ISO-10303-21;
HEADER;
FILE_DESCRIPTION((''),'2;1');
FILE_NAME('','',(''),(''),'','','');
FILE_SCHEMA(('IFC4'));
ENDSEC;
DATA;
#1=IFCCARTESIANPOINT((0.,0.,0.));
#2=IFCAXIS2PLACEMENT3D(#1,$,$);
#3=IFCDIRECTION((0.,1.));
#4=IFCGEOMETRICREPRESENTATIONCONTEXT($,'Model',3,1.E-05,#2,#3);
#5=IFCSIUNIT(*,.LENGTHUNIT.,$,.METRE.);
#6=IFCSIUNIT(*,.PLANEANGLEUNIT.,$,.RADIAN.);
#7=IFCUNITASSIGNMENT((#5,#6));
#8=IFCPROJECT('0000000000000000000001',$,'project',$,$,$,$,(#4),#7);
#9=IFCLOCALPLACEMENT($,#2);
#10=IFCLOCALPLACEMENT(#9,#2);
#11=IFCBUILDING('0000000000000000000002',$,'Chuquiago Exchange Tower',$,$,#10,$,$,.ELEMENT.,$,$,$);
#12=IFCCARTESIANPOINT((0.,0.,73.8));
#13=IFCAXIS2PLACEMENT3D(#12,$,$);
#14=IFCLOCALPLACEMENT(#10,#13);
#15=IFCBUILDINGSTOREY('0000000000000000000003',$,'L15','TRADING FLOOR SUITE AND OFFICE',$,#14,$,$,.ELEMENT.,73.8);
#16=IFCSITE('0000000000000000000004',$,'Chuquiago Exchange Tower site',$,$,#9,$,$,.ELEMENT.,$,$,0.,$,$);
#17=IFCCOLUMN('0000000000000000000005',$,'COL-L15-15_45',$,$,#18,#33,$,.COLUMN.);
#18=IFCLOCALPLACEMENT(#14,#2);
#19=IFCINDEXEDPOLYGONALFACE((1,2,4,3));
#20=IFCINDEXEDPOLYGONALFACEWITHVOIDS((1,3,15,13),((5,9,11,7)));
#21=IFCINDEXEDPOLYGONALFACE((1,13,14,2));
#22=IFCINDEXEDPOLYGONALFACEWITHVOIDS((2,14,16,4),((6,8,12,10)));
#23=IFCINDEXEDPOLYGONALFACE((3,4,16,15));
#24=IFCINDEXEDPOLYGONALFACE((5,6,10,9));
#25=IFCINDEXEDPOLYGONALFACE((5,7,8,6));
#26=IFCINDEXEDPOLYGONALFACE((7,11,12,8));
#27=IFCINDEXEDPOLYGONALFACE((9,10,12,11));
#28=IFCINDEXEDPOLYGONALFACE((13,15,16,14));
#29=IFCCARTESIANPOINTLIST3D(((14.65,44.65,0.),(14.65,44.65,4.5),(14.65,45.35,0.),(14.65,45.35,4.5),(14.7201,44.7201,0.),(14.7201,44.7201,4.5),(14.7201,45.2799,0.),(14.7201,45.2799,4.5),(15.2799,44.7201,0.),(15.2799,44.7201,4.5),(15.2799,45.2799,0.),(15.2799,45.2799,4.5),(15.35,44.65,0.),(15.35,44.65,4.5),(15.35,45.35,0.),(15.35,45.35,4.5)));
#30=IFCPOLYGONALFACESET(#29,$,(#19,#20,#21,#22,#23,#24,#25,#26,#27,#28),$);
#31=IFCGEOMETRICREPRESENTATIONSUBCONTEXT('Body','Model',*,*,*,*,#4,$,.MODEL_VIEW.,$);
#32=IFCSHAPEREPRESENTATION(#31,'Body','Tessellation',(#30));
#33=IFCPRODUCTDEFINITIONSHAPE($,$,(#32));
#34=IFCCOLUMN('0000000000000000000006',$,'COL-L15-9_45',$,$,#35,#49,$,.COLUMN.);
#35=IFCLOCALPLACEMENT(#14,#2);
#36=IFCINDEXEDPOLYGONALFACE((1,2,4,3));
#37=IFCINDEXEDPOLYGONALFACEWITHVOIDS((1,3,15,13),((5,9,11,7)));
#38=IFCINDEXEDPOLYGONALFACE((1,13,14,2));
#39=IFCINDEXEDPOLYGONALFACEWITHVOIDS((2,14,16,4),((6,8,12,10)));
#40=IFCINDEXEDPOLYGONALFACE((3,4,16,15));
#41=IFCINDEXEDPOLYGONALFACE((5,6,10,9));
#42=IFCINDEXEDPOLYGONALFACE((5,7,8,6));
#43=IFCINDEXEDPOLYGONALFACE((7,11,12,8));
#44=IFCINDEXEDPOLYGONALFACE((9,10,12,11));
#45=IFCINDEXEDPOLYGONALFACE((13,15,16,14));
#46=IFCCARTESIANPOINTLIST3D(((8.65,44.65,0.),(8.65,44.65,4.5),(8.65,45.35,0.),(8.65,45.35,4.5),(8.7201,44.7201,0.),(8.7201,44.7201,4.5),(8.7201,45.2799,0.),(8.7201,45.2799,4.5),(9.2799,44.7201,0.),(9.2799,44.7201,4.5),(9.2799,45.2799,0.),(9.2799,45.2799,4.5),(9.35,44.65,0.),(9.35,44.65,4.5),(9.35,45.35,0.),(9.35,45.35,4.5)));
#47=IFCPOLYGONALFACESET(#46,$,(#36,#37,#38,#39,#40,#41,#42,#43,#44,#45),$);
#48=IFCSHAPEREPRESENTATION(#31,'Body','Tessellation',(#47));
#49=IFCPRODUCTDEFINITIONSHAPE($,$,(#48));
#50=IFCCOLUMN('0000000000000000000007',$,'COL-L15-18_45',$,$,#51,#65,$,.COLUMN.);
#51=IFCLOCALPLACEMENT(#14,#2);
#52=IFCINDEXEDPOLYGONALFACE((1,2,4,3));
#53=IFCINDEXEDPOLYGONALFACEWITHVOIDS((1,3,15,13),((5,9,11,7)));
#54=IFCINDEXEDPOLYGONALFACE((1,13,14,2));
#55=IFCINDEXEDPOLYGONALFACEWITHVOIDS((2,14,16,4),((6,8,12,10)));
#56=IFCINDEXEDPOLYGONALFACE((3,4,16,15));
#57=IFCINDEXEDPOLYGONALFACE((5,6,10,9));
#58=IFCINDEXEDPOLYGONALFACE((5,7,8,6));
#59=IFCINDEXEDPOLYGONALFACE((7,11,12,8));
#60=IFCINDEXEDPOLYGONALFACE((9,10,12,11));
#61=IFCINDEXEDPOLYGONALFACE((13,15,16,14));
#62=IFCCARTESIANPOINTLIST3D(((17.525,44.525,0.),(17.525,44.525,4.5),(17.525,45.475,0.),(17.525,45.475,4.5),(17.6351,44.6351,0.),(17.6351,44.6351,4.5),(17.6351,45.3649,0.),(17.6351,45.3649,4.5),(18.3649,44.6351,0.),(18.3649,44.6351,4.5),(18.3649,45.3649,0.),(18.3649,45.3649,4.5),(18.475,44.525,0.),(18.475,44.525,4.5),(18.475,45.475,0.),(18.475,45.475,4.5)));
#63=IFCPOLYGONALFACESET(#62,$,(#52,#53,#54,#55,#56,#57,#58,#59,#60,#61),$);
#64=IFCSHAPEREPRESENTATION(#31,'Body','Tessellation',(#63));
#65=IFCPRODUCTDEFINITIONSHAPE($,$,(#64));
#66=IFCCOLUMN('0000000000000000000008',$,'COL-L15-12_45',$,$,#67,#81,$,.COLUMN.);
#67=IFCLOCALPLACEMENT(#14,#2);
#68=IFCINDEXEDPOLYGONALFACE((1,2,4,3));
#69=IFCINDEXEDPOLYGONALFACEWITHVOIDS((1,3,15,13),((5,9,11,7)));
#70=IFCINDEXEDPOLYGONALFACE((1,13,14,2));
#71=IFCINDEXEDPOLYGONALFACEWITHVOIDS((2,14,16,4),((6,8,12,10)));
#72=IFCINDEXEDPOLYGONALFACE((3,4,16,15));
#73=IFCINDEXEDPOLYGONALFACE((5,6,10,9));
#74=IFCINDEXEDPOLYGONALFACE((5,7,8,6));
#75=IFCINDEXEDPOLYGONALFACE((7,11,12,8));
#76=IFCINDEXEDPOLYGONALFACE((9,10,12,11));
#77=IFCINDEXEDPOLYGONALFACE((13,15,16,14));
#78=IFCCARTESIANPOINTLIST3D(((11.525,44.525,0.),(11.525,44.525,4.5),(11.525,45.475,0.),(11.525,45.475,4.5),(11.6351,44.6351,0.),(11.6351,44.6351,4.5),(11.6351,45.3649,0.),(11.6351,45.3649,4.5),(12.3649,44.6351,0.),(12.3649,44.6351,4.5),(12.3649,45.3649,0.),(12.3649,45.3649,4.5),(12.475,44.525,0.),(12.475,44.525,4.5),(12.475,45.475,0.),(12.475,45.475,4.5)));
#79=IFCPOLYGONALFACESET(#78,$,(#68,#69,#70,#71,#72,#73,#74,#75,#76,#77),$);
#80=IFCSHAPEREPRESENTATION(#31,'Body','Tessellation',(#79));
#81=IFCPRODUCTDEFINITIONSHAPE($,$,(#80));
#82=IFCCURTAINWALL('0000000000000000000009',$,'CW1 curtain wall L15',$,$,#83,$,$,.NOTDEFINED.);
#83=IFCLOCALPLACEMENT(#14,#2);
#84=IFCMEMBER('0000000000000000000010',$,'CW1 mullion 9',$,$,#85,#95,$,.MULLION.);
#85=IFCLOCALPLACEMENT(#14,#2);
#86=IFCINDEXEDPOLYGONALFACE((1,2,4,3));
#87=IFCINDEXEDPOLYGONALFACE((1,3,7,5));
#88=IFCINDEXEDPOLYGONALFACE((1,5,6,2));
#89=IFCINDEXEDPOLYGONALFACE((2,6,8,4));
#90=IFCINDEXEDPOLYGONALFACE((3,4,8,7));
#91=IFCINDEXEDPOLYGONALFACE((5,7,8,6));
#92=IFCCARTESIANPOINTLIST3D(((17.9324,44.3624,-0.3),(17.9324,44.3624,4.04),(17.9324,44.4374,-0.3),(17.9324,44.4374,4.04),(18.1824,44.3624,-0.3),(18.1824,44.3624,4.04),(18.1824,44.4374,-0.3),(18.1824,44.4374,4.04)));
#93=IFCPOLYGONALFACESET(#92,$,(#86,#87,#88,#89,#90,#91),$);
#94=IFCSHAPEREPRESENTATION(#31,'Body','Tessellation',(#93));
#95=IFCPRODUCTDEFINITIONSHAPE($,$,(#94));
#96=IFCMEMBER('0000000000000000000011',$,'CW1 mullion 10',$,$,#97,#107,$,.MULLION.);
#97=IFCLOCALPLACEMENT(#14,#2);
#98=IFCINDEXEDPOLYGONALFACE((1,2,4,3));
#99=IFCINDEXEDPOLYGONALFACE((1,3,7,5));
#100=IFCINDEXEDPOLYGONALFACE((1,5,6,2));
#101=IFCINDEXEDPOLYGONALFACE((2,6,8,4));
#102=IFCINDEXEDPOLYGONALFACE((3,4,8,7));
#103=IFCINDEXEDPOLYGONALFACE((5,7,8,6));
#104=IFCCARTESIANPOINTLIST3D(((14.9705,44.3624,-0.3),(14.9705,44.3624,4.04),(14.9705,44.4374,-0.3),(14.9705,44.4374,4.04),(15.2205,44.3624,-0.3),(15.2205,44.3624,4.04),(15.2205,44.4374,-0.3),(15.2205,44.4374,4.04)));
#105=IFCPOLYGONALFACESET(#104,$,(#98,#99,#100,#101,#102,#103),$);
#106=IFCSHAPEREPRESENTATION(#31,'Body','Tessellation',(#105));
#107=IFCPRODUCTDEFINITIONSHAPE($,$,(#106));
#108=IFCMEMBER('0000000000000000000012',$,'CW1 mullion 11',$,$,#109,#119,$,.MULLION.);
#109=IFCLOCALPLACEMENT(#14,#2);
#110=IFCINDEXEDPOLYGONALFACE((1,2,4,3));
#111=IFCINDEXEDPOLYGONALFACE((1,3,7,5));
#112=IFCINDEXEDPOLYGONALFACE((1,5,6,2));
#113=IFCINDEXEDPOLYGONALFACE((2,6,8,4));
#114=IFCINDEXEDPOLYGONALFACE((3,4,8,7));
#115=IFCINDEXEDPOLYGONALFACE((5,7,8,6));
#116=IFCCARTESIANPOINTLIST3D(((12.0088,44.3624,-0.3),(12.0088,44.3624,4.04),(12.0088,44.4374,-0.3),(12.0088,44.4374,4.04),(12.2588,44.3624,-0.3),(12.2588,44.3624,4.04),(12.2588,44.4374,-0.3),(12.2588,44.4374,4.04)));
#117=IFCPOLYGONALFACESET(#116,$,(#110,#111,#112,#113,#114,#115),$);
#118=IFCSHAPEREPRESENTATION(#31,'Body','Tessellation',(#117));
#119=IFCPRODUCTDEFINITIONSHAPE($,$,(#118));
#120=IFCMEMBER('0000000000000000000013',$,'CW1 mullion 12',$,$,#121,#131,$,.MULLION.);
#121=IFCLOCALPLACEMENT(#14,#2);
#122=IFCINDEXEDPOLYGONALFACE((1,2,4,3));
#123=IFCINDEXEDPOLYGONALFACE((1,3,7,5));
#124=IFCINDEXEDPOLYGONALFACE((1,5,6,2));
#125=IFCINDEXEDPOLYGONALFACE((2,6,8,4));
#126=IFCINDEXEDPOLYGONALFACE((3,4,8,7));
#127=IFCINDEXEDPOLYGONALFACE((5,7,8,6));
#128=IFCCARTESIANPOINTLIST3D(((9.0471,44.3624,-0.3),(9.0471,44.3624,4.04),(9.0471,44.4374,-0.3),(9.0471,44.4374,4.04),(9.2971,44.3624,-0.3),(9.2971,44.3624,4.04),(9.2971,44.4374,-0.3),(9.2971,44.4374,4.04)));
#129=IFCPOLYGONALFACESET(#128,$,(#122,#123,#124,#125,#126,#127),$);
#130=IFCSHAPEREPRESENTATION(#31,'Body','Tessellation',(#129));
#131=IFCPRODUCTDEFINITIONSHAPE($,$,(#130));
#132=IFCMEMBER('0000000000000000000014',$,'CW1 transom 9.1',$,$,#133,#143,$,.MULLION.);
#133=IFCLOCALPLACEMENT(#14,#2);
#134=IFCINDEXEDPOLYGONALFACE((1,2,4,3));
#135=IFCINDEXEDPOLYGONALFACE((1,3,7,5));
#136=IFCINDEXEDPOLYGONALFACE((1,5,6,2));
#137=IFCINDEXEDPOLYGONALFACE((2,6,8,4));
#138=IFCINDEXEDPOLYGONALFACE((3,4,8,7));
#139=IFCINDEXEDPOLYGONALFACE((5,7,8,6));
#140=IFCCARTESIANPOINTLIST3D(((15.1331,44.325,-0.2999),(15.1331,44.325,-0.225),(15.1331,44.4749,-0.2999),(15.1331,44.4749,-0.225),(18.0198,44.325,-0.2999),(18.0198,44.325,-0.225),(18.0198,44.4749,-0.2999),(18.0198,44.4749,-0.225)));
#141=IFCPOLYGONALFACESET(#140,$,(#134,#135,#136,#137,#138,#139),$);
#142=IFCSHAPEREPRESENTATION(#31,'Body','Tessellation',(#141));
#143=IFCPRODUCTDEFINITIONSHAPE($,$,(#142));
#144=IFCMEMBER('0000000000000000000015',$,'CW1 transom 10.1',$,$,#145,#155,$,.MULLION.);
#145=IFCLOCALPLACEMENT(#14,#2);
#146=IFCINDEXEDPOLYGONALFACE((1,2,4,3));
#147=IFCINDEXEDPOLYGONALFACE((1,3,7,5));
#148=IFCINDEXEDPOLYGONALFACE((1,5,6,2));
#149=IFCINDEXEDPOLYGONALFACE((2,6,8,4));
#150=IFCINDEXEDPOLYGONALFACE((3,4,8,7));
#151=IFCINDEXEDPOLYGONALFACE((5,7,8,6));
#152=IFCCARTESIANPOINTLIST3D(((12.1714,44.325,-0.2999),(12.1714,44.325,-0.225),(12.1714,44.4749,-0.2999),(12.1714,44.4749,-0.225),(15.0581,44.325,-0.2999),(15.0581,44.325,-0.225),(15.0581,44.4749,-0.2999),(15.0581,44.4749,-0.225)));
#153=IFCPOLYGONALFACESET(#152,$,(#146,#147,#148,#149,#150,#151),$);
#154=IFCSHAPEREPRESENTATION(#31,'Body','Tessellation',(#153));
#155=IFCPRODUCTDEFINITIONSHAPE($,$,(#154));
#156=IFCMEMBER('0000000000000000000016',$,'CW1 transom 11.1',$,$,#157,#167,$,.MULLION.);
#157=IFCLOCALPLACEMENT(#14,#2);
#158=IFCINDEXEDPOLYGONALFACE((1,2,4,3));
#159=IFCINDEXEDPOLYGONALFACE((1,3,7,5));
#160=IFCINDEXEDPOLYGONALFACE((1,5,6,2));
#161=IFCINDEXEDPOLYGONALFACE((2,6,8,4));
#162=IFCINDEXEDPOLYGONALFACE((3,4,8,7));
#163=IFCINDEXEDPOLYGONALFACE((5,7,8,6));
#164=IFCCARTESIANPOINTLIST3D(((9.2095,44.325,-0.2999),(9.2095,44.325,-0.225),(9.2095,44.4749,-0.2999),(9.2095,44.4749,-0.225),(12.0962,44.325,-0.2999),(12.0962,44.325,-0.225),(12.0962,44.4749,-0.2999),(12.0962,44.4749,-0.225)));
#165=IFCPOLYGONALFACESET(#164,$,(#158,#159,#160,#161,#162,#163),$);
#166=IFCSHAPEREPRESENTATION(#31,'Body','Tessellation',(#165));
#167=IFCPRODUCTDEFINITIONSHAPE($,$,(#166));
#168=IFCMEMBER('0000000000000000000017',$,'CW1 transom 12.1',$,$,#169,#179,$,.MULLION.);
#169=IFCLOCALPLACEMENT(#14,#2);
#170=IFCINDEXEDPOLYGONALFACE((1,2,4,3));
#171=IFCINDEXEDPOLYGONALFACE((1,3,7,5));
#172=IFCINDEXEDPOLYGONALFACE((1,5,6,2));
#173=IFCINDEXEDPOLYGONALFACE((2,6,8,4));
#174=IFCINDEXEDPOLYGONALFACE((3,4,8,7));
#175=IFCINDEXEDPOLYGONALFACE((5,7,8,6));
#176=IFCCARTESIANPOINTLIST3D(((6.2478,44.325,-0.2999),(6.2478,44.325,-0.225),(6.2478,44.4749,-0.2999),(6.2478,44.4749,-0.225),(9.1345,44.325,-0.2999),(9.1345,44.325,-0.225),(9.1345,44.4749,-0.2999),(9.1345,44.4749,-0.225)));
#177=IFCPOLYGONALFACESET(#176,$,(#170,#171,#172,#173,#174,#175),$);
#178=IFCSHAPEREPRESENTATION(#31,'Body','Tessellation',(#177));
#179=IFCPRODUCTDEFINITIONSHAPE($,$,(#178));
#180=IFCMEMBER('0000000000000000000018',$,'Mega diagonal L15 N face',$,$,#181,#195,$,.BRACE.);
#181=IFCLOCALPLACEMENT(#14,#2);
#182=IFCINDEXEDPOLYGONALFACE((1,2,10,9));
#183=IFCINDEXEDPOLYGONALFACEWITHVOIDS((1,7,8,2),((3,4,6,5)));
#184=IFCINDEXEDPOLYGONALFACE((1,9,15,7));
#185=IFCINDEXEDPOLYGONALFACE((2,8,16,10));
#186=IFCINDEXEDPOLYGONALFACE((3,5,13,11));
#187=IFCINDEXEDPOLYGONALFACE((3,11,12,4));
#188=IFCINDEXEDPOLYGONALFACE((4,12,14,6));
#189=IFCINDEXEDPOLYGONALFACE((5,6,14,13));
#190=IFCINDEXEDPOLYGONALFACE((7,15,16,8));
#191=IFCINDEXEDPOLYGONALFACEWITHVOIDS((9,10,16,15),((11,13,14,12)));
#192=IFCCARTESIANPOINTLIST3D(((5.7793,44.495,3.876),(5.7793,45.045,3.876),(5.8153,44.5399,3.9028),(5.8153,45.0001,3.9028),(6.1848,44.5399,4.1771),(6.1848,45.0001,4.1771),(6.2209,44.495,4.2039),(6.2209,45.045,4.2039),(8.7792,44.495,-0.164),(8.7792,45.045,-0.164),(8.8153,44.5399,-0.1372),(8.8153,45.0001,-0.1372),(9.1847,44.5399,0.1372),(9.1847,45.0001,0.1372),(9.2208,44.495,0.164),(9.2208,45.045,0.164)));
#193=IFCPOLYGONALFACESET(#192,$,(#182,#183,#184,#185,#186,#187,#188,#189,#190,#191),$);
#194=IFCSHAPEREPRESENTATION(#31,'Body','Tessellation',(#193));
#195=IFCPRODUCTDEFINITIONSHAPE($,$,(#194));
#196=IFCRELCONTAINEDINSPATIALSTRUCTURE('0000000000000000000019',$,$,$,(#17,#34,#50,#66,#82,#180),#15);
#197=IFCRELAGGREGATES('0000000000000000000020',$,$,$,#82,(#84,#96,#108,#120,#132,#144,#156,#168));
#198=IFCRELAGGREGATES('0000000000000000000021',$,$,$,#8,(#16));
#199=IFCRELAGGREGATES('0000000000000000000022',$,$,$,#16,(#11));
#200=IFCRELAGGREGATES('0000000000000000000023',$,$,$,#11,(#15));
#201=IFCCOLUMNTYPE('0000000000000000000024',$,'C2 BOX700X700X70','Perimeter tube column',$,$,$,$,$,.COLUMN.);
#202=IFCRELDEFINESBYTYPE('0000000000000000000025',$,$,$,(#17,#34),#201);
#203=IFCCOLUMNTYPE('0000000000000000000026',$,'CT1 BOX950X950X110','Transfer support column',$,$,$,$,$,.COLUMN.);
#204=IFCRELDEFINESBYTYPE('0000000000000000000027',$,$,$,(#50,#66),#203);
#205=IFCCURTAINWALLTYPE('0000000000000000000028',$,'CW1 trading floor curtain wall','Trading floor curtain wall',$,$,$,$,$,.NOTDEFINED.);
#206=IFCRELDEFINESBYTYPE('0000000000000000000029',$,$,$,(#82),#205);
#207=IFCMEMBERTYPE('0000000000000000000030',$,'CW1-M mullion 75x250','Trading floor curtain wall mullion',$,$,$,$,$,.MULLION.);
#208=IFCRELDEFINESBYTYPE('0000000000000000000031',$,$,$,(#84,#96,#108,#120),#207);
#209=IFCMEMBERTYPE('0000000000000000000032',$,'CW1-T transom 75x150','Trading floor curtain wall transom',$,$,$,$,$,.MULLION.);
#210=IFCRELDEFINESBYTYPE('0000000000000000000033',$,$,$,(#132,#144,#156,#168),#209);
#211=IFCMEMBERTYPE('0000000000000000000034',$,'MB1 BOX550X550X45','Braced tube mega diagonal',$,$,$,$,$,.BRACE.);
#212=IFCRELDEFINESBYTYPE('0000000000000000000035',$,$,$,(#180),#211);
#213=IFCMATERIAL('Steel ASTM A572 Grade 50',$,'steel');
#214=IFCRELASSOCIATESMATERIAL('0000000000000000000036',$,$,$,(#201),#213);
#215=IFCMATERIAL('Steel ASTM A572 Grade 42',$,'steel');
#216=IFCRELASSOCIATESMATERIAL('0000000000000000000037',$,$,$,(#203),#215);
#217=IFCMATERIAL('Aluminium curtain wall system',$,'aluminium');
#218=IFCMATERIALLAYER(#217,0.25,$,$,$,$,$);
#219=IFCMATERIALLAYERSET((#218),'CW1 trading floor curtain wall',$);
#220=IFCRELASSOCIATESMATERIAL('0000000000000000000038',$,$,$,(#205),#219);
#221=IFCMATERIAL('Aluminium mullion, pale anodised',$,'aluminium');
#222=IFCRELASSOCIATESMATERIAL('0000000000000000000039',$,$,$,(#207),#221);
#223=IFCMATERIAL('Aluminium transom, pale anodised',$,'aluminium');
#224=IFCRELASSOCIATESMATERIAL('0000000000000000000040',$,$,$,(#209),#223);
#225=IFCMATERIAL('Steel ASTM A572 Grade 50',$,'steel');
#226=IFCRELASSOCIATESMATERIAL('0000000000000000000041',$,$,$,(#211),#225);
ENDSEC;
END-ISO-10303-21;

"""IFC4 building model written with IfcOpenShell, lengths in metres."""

from ifc_helpers import new_model, si_unit, direction, frame, origin, origin_2d, place, context, subcontext, project, spatial, rectangle, hollow_rectangle, extrude, material, layer, layer_set, material_profile, profile_set, type_object, element, aggregate, save


model = new_model("IFC4")

# Units and contexts
model_context = context("Model", 3, precision=1e-05, world=origin(), true_north=direction((0.0, 1.0)))
body_context = subcontext(model_context, "Body", "Model", "MODEL_VIEW")
ifc_project = project(units=[si_unit("LENGTHUNIT", "METRE"), si_unit("PLANEANGLEUNIT", "RADIAN")], contexts=[model_context])

# Site, building, storey
site_placement = place(None, origin())
site = spatial("IfcSite", under=ifc_project, at=site_placement, Name="Chuquiago Exchange Tower site", CompositionType="ELEMENT", RefElevation=0.0)
building_placement = place(site_placement, origin())
building = spatial("IfcBuilding", under=site, at=building_placement, Name="Chuquiago Exchange Tower", CompositionType="ELEMENT")
storey_placement = place(building_placement, frame((0.0, 0.0, 73.8)))
storey = spatial("IfcBuildingStorey", under=building, at=storey_placement, Name="L15", Description="TRADING FLOOR SUITE AND OFFICE", CompositionType="ELEMENT", Elevation=73.8)

# Columns
ifc_material_1 = material(Name="Steel ASTM A572 Grade 50", Category="steel")
ifc_material_profile_1 = material_profile(ifc_material_1, hollow_rectangle(XDim=0.7, YDim=0.7, WallThickness=0.0701, at=origin_2d()), Name="BOX700X700X70")
ifc_profile_set_1 = profile_set([ifc_material_profile_1], Name="Steel ASTM A572 Grade 50")
column_type_1 = type_object("IfcColumnType", Name="C2 BOX700X700X70", Description="Perimeter tube column", PredefinedType="COLUMN", material=ifc_profile_set_1)
for number, where, z_axis, x_axis, name in (
    (1, (15.0, 45.0, 0.0), (0.0, 0.0, 1.0), (0.0, 1.0, 0.0), "COL-L15-15_45"),
    (2, (9.0, 45.0, 0.0), (0.0, 0.0, 1.0), (0.0, 1.0, 0.0), "COL-L15-9_45"),
):
    element("IfcColumn", number, at=place(storey_placement, frame(where, z_axis=z_axis, x_axis=x_axis)), inside=storey, type_object=column_type_1, Name=name, PredefinedType="COLUMN", context=body_context, shape_type="SweptSolid", body=[
        extrude(hollow_rectangle(XDim=0.7, YDim=0.7, WallThickness=0.0701, at=origin_2d()), origin(), (0.0, 0.0, 1.0), 4.5),
    ])
ifc_material_2 = material(Name="Steel ASTM A572 Grade 42", Category="steel")
ifc_material_profile_2 = material_profile(ifc_material_2, hollow_rectangle(XDim=0.95, YDim=0.95, WallThickness=0.1101, at=origin_2d()), Name="BOX950X950X110")
ifc_profile_set_2 = profile_set([ifc_material_profile_2], Name="Steel ASTM A572 Grade 42")
column_type_2 = type_object("IfcColumnType", Name="CT1 BOX950X950X110", Description="Transfer support column", PredefinedType="COLUMN", material=ifc_profile_set_2)
for number, where, z_axis, x_axis, name in (
    (3, (18.0, 45.0, 0.0), (0.0, 0.0, 1.0), (0.0, 1.0, 0.0), "COL-L15-18_45"),
    (4, (12.0, 45.0, 0.0), (0.0, 0.0, 1.0), (0.0, 1.0, 0.0), "COL-L15-12_45"),
):
    element("IfcColumn", number, at=place(storey_placement, frame(where, z_axis=z_axis, x_axis=x_axis)), inside=storey, type_object=column_type_2, Name=name, PredefinedType="COLUMN", context=body_context, shape_type="SweptSolid", body=[
        extrude(hollow_rectangle(XDim=0.95, YDim=0.95, WallThickness=0.1101, at=origin_2d()), origin(), (0.0, 0.0, 1.0), 4.5),
    ])

# Curtain wall, members
ifc_material_3 = material(Name="Aluminium curtain wall system", Category="aluminium")
ifc_layer_1 = layer(ifc_material_3, 0.25)
ifc_layer_set_1 = layer_set([ifc_layer_1], Name="CW1 trading floor curtain wall")
curtain_wall_type = type_object("IfcCurtainWallType", Name="CW1 trading floor curtain wall", Description="Trading floor curtain wall", PredefinedType="NOTDEFINED", material=ifc_layer_set_1)
curtain_wall_placement = place(storey_placement, origin())
curtain_wall = element("IfcCurtainWall", 5, at=curtain_wall_placement, inside=storey, type_object=curtain_wall_type, Name="CW1 curtain wall L15", PredefinedType="NOTDEFINED")
ifc_material_4 = material(Name="Aluminium mullion, pale anodised", Category="aluminium")
ifc_material_profile_3 = material_profile(ifc_material_4, rectangle(XDim=0.075, YDim=0.25, at=origin_2d()), Name="AL 75x250")
ifc_profile_set_3 = profile_set([ifc_material_profile_3], Name="Aluminium mullion, pale anodised")
member_type_1 = type_object("IfcMemberType", Name="CW1-M mullion 75x250", Description="Trading floor curtain wall mullion", PredefinedType="MULLION", material=ifc_profile_set_3)
member_1_placement = place(storey_placement, frame((18.0574, 44.3999, -0.3), z_axis=(0.0, 0.0, 1.0), x_axis=(0.0, -1.0, 0.0)))
member_1 = element("IfcMember", 6, at=member_1_placement, type_object=member_type_1, Name="CW1 mullion 9", PredefinedType="MULLION", context=body_context, shape_type="SweptSolid", body=[
    extrude(rectangle(XDim=0.075, YDim=0.25, at=origin_2d()), origin(), (0.0, 0.0, 1.0), 4.3401),
])
member_2_placement = place(storey_placement, frame((15.0955, 44.3999, -0.3), z_axis=(0.0, 0.0, 1.0), x_axis=(0.0, -1.0, 0.0)))
member_2 = element("IfcMember", 7, at=member_2_placement, type_object=member_type_1, Name="CW1 mullion 10", PredefinedType="MULLION", context=body_context, shape_type="SweptSolid", body=[
    extrude(rectangle(XDim=0.075, YDim=0.25, at=origin_2d()), origin(), (0.0, 0.0, 1.0), 4.3401),
])
member_3_placement = place(storey_placement, frame((12.1338, 44.3999, -0.3), z_axis=(0.0, 0.0, 1.0), x_axis=(0.0, -1.0, 0.0)))
member_3 = element("IfcMember", 8, at=member_3_placement, type_object=member_type_1, Name="CW1 mullion 11", PredefinedType="MULLION", context=body_context, shape_type="SweptSolid", body=[
    extrude(rectangle(XDim=0.075, YDim=0.25, at=origin_2d()), origin(), (0.0, 0.0, 1.0), 4.3401),
])
member_4_placement = place(storey_placement, frame((9.1721, 44.3999, -0.3), z_axis=(0.0, 0.0, 1.0), x_axis=(0.0, -1.0, 0.0)))
member_4 = element("IfcMember", 9, at=member_4_placement, type_object=member_type_1, Name="CW1 mullion 12", PredefinedType="MULLION", context=body_context, shape_type="SweptSolid", body=[
    extrude(rectangle(XDim=0.075, YDim=0.25, at=origin_2d()), origin(), (0.0, 0.0, 1.0), 4.3401),
])
ifc_material_5 = material(Name="Aluminium transom, pale anodised", Category="aluminium")
ifc_material_profile_4 = material_profile(ifc_material_5, rectangle(XDim=0.1499, YDim=0.075, at=origin_2d()), Name="AL 150x75")
ifc_profile_set_4 = profile_set([ifc_material_profile_4], Name="Aluminium transom, pale anodised")
member_type_2 = type_object("IfcMemberType", Name="CW1-T transom 75x150", Description="Trading floor curtain wall transom", PredefinedType="MULLION", material=ifc_profile_set_4)
member_5_placement = place(storey_placement, frame((18.0198, 44.3999, -0.2625), z_axis=(-1.0, 0.0, 0.0), x_axis=(0.0, -1.0, 0.0)))
member_5 = element("IfcMember", 10, at=member_5_placement, type_object=member_type_2, Name="CW1 transom 9.1", PredefinedType="MULLION", context=body_context, shape_type="SweptSolid", body=[
    extrude(rectangle(XDim=0.1499, YDim=0.075, at=origin_2d()), origin(), (0.0, 0.0, 1.0), 2.8867),
])
member_6_placement = place(storey_placement, frame((15.0581, 44.3999, -0.2625), z_axis=(-1.0, 0.0, 0.0), x_axis=(0.0, -1.0, 0.0)))
member_6 = element("IfcMember", 11, at=member_6_placement, type_object=member_type_2, Name="CW1 transom 10.1", PredefinedType="MULLION", context=body_context, shape_type="SweptSolid", body=[
    extrude(rectangle(XDim=0.1499, YDim=0.075, at=origin_2d()), origin(), (0.0, 0.0, 1.0), 2.8867),
])
member_7_placement = place(storey_placement, frame((12.0962, 44.3999, -0.2625), z_axis=(-1.0, 0.0, 0.0), x_axis=(0.0, -1.0, 0.0)))
member_7 = element("IfcMember", 12, at=member_7_placement, type_object=member_type_2, Name="CW1 transom 11.1", PredefinedType="MULLION", context=body_context, shape_type="SweptSolid", body=[
    extrude(rectangle(XDim=0.1499, YDim=0.075, at=origin_2d()), origin(), (0.0, 0.0, 1.0), 2.8867),
])
member_8_placement = place(storey_placement, frame((9.1345, 44.3999, -0.2625), z_axis=(-1.0, 0.0, 0.0), x_axis=(0.0, -1.0, 0.0)))
member_8 = element("IfcMember", 13, at=member_8_placement, type_object=member_type_2, Name="CW1 transom 12.1", PredefinedType="MULLION", context=body_context, shape_type="SweptSolid", body=[
    extrude(rectangle(XDim=0.1499, YDim=0.075, at=origin_2d()), origin(), (0.0, 0.0, 1.0), 2.8867),
])

# Member
ifc_material_6 = material(Name="Steel ASTM A572 Grade 50", Category="steel")
ifc_material_profile_5 = material_profile(ifc_material_6, hollow_rectangle(XDim=0.55, YDim=0.55, WallThickness=0.0449, at=origin_2d()), Name="BOX550X550X45")
ifc_profile_set_5 = profile_set([ifc_material_profile_5], Name="Steel ASTM A572 Grade 50")
member_type_3 = type_object("IfcMemberType", Name="MB1 BOX550X550X45", Description="Braced tube mega diagonal", PredefinedType="BRACE", material=ifc_profile_set_5)
member_9_placement = place(storey_placement, frame((9.0, 44.77, 0.0), z_axis=(-0.596174, 0.0, 0.802855), x_axis=(0.0, -1.0, 0.0)))
element("IfcMember", 14, at=member_9_placement, inside=storey, type_object=member_type_3, Name="Mega diagonal L15 N face", PredefinedType="BRACE", context=body_context, shape_type="SweptSolid", body=[
    extrude(hollow_rectangle(XDim=0.55, YDim=0.55, WallThickness=0.0449, at=origin_2d()), origin(), (0.0, 0.0, 1.0), 5.032),
])

aggregate(curtain_wall, [member_1, member_2, member_3, member_4, member_5, member_6, member_7, member_8])

save(model, "model.ifc")
